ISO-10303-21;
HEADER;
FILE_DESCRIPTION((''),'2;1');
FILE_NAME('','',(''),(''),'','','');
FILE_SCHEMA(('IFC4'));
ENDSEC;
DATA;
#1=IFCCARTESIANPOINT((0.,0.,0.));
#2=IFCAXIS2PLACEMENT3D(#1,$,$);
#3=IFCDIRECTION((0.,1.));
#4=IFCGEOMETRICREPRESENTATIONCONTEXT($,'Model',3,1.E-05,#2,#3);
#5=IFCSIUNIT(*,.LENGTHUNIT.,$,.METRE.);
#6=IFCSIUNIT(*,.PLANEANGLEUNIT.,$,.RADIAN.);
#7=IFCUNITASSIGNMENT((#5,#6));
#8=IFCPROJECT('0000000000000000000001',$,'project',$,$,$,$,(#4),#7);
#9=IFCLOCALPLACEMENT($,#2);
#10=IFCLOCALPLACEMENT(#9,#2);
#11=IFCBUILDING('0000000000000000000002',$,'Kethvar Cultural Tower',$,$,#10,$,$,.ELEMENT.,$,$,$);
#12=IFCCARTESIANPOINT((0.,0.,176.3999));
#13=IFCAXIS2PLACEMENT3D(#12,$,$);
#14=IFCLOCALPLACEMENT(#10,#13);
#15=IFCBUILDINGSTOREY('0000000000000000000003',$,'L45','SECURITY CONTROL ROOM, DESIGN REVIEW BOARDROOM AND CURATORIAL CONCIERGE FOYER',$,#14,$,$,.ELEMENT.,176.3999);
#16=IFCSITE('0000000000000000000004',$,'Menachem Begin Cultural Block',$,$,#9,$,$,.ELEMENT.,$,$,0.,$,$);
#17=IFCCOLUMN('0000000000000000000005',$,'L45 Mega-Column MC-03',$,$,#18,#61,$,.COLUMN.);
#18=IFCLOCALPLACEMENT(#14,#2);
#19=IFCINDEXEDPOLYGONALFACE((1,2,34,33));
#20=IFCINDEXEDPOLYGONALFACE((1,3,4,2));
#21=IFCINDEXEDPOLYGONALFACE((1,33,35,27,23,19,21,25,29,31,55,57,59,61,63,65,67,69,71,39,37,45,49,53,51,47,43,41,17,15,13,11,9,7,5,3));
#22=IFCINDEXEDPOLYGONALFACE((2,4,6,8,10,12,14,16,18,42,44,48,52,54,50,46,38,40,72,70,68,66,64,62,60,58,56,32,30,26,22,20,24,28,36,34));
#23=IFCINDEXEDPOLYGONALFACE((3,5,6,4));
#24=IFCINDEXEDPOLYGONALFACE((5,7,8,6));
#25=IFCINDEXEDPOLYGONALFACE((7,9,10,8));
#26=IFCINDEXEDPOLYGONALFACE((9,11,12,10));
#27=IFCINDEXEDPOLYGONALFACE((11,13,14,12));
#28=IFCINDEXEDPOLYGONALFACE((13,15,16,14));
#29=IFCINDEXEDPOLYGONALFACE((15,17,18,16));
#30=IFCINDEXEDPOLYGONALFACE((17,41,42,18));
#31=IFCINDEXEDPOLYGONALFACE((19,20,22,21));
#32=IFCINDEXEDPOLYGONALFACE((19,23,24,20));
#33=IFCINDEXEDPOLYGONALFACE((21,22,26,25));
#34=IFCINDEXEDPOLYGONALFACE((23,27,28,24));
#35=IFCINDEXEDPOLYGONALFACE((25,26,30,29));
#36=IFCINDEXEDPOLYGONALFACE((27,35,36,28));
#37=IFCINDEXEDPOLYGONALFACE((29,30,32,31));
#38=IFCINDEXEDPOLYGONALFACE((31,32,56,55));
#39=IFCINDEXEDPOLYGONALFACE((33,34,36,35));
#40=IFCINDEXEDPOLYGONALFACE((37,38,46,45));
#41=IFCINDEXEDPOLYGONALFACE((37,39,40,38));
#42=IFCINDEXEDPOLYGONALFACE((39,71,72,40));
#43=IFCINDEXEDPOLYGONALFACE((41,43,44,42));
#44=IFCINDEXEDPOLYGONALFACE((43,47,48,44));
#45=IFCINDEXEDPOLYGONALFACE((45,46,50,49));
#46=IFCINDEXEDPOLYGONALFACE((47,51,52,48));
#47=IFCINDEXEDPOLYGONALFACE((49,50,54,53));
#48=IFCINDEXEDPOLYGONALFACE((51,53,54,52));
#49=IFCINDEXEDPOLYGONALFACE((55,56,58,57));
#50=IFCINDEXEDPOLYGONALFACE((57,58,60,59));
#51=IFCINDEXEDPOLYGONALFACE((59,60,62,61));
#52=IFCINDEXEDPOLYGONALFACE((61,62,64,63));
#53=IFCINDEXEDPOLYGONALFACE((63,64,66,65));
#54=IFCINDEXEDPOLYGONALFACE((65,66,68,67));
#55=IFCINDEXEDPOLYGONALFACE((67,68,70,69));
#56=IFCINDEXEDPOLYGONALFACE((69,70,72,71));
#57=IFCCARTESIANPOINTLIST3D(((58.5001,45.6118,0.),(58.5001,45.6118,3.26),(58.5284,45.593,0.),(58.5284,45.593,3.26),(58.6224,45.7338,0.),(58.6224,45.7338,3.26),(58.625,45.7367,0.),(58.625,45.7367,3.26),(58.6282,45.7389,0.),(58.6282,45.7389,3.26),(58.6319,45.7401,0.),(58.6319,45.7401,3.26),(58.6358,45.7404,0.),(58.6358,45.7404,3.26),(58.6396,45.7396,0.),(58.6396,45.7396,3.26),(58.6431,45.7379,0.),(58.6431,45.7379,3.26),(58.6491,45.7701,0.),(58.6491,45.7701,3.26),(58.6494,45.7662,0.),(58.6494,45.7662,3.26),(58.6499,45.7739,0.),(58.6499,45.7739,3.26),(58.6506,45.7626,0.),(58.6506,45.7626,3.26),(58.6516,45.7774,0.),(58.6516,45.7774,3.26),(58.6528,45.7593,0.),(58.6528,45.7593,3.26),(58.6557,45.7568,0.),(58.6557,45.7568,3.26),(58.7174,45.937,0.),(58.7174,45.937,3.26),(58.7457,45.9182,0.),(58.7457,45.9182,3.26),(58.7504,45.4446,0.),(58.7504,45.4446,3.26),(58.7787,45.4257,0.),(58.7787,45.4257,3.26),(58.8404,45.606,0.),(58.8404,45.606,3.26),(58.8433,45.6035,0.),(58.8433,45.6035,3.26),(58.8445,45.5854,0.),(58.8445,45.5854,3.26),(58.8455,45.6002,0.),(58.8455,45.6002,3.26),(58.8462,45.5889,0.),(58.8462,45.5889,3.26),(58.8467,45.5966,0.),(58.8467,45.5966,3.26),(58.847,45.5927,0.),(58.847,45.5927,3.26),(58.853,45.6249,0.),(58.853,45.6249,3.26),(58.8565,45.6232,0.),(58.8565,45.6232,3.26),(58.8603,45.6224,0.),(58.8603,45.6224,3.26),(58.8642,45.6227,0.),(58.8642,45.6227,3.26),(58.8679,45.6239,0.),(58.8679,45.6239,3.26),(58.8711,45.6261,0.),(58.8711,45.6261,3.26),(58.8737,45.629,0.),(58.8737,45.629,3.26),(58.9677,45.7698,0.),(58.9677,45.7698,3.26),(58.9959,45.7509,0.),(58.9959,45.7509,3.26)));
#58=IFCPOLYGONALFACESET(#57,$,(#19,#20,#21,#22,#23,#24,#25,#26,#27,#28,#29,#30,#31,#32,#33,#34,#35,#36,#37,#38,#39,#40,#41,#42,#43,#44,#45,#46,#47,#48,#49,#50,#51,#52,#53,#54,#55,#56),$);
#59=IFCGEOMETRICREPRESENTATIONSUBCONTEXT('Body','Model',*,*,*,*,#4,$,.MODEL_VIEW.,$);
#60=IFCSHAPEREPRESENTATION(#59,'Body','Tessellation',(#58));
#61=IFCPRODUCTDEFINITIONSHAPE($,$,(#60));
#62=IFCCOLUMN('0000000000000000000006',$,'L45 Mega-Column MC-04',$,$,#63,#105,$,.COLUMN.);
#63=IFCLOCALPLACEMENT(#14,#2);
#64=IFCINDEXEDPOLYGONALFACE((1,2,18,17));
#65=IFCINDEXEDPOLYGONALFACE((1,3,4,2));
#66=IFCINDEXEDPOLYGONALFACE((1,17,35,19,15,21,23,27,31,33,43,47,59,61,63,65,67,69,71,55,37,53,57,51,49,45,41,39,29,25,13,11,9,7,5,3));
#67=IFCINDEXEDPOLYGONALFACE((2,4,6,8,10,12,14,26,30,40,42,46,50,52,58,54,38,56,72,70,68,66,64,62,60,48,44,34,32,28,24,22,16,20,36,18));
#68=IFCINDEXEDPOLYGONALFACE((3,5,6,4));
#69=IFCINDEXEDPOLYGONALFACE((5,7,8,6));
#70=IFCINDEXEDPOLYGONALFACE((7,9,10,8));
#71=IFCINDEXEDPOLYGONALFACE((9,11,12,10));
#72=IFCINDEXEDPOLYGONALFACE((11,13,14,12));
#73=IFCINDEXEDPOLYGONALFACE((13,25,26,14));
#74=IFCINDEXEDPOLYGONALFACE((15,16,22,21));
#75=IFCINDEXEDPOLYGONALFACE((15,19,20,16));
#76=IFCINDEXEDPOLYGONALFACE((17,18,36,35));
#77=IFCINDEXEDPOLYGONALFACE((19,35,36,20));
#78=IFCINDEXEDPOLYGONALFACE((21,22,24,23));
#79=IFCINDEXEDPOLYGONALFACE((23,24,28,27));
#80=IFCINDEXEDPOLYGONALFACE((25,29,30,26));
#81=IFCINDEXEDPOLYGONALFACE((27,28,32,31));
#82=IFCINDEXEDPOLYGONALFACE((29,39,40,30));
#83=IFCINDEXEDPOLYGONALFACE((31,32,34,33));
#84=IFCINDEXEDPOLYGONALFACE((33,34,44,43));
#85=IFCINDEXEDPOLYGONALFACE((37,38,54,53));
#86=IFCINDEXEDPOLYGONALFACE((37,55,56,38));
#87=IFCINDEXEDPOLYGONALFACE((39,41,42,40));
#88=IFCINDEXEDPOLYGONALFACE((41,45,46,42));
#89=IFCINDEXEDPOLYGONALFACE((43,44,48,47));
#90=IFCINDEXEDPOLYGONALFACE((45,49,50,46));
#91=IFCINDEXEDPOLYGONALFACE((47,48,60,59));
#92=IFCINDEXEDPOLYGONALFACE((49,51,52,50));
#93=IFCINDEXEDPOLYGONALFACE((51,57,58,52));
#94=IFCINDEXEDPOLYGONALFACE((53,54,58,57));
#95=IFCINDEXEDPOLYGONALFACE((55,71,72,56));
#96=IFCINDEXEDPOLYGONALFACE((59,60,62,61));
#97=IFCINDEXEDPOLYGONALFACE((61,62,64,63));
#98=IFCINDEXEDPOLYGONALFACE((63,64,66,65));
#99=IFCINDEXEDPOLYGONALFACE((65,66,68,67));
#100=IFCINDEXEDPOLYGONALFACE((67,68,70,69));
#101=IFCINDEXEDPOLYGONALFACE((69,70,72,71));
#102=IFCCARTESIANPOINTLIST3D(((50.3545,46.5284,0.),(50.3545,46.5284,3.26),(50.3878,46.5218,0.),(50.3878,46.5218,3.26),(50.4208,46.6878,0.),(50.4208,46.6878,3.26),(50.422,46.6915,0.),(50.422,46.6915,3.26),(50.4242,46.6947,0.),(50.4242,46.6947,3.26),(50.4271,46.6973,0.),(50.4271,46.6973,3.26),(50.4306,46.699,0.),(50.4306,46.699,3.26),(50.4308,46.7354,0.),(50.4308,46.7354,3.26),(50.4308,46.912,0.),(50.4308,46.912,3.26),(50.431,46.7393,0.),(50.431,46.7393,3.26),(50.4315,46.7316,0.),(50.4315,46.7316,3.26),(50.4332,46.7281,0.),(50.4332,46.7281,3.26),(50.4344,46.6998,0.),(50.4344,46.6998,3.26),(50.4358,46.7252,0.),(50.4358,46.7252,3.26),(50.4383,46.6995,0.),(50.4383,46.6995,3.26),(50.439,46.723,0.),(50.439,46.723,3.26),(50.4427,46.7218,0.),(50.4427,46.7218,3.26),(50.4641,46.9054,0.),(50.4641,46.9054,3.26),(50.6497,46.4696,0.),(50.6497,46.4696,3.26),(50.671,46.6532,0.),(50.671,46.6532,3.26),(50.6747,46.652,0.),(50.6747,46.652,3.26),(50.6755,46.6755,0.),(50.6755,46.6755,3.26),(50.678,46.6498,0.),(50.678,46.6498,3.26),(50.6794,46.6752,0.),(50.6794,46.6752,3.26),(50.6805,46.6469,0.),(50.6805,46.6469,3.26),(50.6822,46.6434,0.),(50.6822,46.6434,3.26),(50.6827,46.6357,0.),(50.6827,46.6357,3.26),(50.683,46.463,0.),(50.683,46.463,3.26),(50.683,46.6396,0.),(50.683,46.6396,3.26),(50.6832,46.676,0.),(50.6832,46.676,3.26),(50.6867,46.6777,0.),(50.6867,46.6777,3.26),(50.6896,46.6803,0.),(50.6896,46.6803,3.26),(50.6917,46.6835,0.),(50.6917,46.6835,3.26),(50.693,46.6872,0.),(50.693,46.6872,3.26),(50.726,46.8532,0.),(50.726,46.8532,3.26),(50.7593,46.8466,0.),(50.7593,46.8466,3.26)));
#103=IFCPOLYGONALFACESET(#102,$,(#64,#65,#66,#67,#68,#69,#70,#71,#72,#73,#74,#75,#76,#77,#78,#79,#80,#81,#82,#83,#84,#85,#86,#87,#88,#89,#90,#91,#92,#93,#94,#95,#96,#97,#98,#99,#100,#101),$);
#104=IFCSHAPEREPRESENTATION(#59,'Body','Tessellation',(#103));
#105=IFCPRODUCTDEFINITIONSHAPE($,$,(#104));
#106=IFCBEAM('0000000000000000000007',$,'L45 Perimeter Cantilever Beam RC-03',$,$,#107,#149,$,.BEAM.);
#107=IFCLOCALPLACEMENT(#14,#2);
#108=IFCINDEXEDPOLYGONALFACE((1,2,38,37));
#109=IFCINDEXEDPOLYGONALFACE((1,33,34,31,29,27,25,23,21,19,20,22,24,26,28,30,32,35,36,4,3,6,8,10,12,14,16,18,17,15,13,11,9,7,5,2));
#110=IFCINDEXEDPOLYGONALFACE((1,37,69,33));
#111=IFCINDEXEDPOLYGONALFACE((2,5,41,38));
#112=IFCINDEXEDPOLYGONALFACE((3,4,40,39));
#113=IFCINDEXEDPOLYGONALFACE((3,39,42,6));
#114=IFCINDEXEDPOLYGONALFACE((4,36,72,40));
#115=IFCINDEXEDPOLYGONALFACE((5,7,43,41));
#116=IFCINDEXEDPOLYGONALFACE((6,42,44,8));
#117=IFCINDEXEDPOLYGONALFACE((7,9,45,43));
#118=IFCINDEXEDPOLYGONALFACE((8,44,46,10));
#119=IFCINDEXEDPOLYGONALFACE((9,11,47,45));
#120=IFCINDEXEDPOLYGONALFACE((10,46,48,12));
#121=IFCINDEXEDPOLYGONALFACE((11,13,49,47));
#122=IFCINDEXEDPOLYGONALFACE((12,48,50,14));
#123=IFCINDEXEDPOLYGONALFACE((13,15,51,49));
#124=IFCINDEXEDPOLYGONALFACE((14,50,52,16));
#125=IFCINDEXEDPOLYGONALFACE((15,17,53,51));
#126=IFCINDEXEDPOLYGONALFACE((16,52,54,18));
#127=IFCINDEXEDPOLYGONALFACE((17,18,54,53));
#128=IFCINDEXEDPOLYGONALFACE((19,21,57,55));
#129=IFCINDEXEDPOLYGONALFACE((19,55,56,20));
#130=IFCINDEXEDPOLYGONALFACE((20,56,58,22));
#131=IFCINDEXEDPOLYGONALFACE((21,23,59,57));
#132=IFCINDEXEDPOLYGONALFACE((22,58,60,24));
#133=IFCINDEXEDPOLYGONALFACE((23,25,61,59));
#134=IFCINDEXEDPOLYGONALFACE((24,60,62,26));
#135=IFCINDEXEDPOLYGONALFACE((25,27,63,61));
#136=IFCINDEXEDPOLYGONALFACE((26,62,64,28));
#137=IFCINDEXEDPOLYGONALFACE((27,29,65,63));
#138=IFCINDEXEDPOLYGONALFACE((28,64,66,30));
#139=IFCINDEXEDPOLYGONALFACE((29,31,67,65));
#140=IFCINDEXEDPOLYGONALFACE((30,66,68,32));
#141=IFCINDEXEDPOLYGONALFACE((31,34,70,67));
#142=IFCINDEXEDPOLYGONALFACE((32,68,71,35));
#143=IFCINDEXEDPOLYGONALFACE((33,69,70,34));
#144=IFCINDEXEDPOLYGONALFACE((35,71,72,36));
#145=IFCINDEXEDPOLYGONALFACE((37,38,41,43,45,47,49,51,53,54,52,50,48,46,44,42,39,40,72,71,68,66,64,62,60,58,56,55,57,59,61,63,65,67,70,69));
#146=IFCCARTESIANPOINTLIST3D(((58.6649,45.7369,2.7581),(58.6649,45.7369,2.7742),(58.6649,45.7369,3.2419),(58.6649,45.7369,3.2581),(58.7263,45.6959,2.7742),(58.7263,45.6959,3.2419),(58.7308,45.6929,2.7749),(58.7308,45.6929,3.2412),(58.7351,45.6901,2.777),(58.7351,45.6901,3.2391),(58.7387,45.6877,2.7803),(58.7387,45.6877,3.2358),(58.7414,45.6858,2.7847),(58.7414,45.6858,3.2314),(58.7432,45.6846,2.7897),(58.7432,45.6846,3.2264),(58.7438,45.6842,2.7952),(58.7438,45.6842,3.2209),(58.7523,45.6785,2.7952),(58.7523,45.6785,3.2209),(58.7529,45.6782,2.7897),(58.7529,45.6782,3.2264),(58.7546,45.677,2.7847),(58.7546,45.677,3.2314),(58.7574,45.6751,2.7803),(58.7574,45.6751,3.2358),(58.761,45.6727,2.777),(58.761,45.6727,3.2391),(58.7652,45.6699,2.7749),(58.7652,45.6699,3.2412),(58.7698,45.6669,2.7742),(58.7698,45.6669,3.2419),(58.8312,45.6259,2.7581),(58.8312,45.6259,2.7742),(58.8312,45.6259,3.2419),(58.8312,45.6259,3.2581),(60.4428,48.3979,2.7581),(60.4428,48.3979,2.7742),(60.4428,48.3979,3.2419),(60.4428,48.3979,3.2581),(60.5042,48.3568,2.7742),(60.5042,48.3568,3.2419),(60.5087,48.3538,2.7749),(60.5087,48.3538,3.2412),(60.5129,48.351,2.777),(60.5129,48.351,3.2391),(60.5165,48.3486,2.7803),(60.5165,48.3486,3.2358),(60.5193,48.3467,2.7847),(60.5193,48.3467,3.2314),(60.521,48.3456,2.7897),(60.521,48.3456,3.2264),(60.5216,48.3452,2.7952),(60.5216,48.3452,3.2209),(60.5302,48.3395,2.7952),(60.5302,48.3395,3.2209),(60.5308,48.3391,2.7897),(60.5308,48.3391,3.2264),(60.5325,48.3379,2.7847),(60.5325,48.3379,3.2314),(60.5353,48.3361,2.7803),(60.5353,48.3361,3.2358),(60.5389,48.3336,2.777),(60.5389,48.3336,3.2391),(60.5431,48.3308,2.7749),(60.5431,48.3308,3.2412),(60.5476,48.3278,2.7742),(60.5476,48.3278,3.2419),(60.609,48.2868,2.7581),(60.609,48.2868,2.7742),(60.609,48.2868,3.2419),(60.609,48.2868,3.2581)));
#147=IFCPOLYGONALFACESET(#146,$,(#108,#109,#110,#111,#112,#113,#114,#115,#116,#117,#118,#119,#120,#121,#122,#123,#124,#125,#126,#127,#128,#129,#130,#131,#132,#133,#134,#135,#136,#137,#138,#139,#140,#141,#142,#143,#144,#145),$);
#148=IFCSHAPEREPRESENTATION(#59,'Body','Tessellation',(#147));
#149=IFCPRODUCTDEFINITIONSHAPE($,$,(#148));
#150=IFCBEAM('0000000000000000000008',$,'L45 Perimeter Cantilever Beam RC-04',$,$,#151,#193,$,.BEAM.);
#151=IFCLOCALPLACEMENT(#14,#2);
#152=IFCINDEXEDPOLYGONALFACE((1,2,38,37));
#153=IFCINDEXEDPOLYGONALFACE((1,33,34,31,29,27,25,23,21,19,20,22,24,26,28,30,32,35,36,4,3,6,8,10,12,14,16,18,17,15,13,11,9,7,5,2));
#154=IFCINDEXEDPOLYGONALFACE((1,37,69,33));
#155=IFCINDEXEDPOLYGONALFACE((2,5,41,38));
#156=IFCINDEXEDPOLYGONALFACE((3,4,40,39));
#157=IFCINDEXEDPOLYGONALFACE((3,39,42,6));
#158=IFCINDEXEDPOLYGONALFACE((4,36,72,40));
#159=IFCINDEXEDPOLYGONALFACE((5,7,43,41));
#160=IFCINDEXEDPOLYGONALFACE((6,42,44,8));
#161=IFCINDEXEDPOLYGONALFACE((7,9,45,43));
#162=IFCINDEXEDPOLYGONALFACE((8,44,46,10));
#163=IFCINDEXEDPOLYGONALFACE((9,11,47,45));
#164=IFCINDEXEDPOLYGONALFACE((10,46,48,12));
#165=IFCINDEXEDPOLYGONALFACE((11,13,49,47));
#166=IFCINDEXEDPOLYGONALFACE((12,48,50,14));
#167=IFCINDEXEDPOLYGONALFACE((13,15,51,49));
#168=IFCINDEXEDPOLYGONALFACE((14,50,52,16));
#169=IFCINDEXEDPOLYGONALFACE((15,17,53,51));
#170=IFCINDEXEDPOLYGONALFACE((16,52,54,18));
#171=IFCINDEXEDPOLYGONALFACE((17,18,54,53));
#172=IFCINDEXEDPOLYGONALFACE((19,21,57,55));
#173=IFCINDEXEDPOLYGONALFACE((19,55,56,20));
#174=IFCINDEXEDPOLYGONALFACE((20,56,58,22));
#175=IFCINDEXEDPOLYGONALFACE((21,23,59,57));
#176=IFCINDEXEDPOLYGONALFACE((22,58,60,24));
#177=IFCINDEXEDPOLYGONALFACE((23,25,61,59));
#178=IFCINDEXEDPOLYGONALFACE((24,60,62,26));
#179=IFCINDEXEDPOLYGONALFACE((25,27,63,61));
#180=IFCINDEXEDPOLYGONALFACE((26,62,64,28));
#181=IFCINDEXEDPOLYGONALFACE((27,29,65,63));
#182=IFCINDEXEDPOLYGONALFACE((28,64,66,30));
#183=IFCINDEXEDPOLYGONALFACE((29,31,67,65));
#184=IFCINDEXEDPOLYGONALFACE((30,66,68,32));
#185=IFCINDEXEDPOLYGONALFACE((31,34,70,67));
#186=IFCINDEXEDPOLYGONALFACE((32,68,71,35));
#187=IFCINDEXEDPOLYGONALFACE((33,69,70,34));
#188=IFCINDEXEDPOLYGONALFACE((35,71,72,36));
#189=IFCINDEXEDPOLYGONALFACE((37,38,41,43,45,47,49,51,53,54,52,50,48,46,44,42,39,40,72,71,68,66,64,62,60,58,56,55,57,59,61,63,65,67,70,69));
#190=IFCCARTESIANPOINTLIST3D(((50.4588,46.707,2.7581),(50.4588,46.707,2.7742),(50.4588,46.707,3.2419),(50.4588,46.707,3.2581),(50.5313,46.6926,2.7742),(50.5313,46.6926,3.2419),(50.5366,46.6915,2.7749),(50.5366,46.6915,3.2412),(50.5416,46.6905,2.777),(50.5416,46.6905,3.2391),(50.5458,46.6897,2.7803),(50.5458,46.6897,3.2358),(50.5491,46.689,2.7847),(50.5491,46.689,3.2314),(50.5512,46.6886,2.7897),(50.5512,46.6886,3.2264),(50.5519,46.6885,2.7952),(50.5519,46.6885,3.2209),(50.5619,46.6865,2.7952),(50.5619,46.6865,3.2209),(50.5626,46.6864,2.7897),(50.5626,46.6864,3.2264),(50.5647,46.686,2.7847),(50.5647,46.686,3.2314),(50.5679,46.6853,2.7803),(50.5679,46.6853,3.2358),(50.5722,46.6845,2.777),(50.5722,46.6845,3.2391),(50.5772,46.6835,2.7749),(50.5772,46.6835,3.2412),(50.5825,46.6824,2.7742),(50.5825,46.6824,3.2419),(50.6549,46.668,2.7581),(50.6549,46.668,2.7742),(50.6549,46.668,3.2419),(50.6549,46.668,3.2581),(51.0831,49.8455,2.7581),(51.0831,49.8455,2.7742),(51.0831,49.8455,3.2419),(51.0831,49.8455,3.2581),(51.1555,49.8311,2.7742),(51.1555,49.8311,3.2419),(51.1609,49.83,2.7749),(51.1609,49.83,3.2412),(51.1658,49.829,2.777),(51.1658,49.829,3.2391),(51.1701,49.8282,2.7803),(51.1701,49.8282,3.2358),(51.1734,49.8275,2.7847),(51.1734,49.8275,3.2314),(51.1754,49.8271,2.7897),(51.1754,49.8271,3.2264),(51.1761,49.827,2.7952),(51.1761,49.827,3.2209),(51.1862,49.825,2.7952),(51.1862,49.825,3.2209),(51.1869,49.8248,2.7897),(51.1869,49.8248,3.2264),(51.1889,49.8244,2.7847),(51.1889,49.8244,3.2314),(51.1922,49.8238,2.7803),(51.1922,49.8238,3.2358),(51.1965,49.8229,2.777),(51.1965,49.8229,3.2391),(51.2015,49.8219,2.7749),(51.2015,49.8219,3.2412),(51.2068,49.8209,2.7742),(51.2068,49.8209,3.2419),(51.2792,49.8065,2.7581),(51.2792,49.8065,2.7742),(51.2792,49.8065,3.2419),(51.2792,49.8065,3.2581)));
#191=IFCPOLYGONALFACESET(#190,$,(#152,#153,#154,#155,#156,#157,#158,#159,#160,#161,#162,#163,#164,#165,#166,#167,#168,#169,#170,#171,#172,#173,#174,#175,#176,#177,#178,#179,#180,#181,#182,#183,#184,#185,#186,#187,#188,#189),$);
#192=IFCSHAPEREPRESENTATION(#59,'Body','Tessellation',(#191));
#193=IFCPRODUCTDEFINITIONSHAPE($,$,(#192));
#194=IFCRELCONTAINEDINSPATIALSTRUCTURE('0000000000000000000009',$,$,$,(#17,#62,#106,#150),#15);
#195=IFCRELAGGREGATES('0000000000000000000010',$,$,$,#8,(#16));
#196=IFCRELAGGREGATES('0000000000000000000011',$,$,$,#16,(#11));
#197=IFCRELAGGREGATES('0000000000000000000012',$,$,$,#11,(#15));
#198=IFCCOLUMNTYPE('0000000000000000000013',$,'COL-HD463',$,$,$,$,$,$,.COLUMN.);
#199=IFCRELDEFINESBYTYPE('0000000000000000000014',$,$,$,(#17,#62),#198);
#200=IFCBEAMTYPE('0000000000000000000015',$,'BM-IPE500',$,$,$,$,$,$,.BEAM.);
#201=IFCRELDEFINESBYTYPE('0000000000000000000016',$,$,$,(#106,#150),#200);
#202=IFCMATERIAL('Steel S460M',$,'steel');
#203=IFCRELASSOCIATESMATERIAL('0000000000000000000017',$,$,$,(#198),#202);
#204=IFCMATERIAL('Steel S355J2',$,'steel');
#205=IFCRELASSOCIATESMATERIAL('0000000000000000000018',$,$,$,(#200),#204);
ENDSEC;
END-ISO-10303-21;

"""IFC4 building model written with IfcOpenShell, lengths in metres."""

from ifc_helpers import new_model, si_unit, direction, frame, origin, origin_2d, place, context, subcontext, project, spatial, i_section, extrude, source, transform, mapped, material, material_profile, profile_set, type_object, element, save


model = new_model("IFC4")

# Units and contexts
model_context = context("Model", 3, precision=1e-05, world=origin(), true_north=direction((0.0, 1.0)))
body_context = subcontext(model_context, "Body", "Model", "MODEL_VIEW")
ifc_project = project(units=[si_unit("LENGTHUNIT", "METRE"), si_unit("PLANEANGLEUNIT", "RADIAN")], contexts=[model_context])

# Site, building, storey
site_placement = place(None, origin())
site = spatial("IfcSite", under=ifc_project, at=site_placement, Name="Menachem Begin Cultural Block", CompositionType="ELEMENT", RefElevation=0.0)
building_placement = place(site_placement, origin())
building = spatial("IfcBuilding", under=site, at=building_placement, Name="Kethvar Cultural Tower", CompositionType="ELEMENT")
storey_placement = place(building_placement, frame((0.0, 0.0, 176.3999)))
storey = spatial("IfcBuildingStorey", under=building, at=storey_placement, Name="L45", Description="SECURITY CONTROL ROOM, DESIGN REVIEW BOARDROOM AND CURATORIAL CONCIERGE FOYER", CompositionType="ELEMENT", Elevation=176.3999)

# Columns
ifc_material_1 = material(Name="Steel S460M", Category="steel")
ifc_material_profile_1 = material_profile(ifc_material_1, i_section(OverallWidth=0.3911, OverallDepth=0.335, WebThickness=0.0227, FlangeThickness=0.0339, FilletRadius=0.0149, at=origin_2d()), Name="Steel S460M — HD400x463")
ifc_profile_set_1 = profile_set([ifc_material_profile_1], Name="Steel S460M — HD400x463")
column_type = type_object("IfcColumnType", Name="COL-HD463", PredefinedType="COLUMN", material=ifc_profile_set_1)
shared_shape_1 = source(origin(), body_context, "Body", "SweptSolid", [
    extrude(i_section(OverallWidth=0.3911, OverallDepth=0.335, WebThickness=0.0227, FlangeThickness=0.0339, FilletRadius=0.0149, at=origin_2d()), origin(), (0.0, 0.0, 1.0), 3.26),
])
for number, where, z_axis, x_axis, name in (
    (1, (58.748, 45.6814, 0.0), (0.0, 0.0, 1.0), (0.55557, 0.83147, 0.0), "L45 Mega-Column MC-03"),
    (2, (50.5569, 46.6875, 0.0), (0.0, 0.0, 1.0), (0.19509, 0.980785, 0.0), "L45 Mega-Column MC-04"),
):
    element("IfcColumn", number, at=place(storey_placement, frame(where, z_axis=z_axis, x_axis=x_axis)), inside=storey, type_object=column_type, Name=name, PredefinedType="COLUMN", context=body_context, shape_type="MappedRepresentation", body=[
        mapped(shared_shape_1, transform((0.0, 0.0, 0.0), scale=1.0)),
    ])

# Beams
ifc_material_2 = material(Name="Steel S355J2", Category="steel")
ifc_material_profile_2 = material_profile(ifc_material_2, i_section(OverallWidth=0.2, OverallDepth=0.5, WebThickness=0.0103, FlangeThickness=0.0161, FilletRadius=0.021, at=origin_2d()), Name="Steel S355J2 — IPE500")
ifc_profile_set_2 = profile_set([ifc_material_profile_2], Name="Steel S355J2 — IPE500")
beam_type_1 = type_object("IfcBeamType", Name="BM-IPE500", PredefinedType="BEAM", material=ifc_profile_set_2)
shared_shape_2 = source(origin(), body_context, "Body", "SweptSolid", [
    extrude(i_section(OverallWidth=0.2, OverallDepth=0.5, WebThickness=0.0103, FlangeThickness=0.0161, FilletRadius=0.021, at=origin_2d()), origin(), (0.0, 0.0, 1.0), 3.2002),
])
beam_1_placement = place(storey_placement, frame((58.748, 45.6814, 3.0081), z_axis=(0.555545, 0.831486, 0.0), x_axis=(-0.831486, 0.555545, 0.0)))
element("IfcBeam", 3, at=beam_1_placement, inside=storey, type_object=beam_type_1, Name="L45 Perimeter Cantilever Beam RC-03", PredefinedType="BEAM", context=body_context, shape_type="MappedRepresentation", body=[
    mapped(shared_shape_2, transform((0.0, 0.0, 0.0), scale=1.0)),
])
shared_shape_3 = source(origin(), body_context, "Body", "SweptSolid", [
    extrude(i_section(OverallWidth=0.2, OverallDepth=0.5, WebThickness=0.0103, FlangeThickness=0.0161, FilletRadius=0.021, at=origin_2d()), origin(), (0.0, 0.0, 1.0), 3.2),
])
beam_2_placement = place(storey_placement, frame((50.5569, 46.6875, 3.0081), z_axis=(0.195089, 0.980786, 0.0), x_axis=(-0.980786, 0.195089, 0.0)))
element("IfcBeam", 4, at=beam_2_placement, inside=storey, type_object=beam_type_1, Name="L45 Perimeter Cantilever Beam RC-04", PredefinedType="BEAM", context=body_context, shape_type="MappedRepresentation", body=[
    mapped(shared_shape_3, transform((0.0, 0.0, 0.0), scale=1.0)),
])

save(model, "model.ifc")
